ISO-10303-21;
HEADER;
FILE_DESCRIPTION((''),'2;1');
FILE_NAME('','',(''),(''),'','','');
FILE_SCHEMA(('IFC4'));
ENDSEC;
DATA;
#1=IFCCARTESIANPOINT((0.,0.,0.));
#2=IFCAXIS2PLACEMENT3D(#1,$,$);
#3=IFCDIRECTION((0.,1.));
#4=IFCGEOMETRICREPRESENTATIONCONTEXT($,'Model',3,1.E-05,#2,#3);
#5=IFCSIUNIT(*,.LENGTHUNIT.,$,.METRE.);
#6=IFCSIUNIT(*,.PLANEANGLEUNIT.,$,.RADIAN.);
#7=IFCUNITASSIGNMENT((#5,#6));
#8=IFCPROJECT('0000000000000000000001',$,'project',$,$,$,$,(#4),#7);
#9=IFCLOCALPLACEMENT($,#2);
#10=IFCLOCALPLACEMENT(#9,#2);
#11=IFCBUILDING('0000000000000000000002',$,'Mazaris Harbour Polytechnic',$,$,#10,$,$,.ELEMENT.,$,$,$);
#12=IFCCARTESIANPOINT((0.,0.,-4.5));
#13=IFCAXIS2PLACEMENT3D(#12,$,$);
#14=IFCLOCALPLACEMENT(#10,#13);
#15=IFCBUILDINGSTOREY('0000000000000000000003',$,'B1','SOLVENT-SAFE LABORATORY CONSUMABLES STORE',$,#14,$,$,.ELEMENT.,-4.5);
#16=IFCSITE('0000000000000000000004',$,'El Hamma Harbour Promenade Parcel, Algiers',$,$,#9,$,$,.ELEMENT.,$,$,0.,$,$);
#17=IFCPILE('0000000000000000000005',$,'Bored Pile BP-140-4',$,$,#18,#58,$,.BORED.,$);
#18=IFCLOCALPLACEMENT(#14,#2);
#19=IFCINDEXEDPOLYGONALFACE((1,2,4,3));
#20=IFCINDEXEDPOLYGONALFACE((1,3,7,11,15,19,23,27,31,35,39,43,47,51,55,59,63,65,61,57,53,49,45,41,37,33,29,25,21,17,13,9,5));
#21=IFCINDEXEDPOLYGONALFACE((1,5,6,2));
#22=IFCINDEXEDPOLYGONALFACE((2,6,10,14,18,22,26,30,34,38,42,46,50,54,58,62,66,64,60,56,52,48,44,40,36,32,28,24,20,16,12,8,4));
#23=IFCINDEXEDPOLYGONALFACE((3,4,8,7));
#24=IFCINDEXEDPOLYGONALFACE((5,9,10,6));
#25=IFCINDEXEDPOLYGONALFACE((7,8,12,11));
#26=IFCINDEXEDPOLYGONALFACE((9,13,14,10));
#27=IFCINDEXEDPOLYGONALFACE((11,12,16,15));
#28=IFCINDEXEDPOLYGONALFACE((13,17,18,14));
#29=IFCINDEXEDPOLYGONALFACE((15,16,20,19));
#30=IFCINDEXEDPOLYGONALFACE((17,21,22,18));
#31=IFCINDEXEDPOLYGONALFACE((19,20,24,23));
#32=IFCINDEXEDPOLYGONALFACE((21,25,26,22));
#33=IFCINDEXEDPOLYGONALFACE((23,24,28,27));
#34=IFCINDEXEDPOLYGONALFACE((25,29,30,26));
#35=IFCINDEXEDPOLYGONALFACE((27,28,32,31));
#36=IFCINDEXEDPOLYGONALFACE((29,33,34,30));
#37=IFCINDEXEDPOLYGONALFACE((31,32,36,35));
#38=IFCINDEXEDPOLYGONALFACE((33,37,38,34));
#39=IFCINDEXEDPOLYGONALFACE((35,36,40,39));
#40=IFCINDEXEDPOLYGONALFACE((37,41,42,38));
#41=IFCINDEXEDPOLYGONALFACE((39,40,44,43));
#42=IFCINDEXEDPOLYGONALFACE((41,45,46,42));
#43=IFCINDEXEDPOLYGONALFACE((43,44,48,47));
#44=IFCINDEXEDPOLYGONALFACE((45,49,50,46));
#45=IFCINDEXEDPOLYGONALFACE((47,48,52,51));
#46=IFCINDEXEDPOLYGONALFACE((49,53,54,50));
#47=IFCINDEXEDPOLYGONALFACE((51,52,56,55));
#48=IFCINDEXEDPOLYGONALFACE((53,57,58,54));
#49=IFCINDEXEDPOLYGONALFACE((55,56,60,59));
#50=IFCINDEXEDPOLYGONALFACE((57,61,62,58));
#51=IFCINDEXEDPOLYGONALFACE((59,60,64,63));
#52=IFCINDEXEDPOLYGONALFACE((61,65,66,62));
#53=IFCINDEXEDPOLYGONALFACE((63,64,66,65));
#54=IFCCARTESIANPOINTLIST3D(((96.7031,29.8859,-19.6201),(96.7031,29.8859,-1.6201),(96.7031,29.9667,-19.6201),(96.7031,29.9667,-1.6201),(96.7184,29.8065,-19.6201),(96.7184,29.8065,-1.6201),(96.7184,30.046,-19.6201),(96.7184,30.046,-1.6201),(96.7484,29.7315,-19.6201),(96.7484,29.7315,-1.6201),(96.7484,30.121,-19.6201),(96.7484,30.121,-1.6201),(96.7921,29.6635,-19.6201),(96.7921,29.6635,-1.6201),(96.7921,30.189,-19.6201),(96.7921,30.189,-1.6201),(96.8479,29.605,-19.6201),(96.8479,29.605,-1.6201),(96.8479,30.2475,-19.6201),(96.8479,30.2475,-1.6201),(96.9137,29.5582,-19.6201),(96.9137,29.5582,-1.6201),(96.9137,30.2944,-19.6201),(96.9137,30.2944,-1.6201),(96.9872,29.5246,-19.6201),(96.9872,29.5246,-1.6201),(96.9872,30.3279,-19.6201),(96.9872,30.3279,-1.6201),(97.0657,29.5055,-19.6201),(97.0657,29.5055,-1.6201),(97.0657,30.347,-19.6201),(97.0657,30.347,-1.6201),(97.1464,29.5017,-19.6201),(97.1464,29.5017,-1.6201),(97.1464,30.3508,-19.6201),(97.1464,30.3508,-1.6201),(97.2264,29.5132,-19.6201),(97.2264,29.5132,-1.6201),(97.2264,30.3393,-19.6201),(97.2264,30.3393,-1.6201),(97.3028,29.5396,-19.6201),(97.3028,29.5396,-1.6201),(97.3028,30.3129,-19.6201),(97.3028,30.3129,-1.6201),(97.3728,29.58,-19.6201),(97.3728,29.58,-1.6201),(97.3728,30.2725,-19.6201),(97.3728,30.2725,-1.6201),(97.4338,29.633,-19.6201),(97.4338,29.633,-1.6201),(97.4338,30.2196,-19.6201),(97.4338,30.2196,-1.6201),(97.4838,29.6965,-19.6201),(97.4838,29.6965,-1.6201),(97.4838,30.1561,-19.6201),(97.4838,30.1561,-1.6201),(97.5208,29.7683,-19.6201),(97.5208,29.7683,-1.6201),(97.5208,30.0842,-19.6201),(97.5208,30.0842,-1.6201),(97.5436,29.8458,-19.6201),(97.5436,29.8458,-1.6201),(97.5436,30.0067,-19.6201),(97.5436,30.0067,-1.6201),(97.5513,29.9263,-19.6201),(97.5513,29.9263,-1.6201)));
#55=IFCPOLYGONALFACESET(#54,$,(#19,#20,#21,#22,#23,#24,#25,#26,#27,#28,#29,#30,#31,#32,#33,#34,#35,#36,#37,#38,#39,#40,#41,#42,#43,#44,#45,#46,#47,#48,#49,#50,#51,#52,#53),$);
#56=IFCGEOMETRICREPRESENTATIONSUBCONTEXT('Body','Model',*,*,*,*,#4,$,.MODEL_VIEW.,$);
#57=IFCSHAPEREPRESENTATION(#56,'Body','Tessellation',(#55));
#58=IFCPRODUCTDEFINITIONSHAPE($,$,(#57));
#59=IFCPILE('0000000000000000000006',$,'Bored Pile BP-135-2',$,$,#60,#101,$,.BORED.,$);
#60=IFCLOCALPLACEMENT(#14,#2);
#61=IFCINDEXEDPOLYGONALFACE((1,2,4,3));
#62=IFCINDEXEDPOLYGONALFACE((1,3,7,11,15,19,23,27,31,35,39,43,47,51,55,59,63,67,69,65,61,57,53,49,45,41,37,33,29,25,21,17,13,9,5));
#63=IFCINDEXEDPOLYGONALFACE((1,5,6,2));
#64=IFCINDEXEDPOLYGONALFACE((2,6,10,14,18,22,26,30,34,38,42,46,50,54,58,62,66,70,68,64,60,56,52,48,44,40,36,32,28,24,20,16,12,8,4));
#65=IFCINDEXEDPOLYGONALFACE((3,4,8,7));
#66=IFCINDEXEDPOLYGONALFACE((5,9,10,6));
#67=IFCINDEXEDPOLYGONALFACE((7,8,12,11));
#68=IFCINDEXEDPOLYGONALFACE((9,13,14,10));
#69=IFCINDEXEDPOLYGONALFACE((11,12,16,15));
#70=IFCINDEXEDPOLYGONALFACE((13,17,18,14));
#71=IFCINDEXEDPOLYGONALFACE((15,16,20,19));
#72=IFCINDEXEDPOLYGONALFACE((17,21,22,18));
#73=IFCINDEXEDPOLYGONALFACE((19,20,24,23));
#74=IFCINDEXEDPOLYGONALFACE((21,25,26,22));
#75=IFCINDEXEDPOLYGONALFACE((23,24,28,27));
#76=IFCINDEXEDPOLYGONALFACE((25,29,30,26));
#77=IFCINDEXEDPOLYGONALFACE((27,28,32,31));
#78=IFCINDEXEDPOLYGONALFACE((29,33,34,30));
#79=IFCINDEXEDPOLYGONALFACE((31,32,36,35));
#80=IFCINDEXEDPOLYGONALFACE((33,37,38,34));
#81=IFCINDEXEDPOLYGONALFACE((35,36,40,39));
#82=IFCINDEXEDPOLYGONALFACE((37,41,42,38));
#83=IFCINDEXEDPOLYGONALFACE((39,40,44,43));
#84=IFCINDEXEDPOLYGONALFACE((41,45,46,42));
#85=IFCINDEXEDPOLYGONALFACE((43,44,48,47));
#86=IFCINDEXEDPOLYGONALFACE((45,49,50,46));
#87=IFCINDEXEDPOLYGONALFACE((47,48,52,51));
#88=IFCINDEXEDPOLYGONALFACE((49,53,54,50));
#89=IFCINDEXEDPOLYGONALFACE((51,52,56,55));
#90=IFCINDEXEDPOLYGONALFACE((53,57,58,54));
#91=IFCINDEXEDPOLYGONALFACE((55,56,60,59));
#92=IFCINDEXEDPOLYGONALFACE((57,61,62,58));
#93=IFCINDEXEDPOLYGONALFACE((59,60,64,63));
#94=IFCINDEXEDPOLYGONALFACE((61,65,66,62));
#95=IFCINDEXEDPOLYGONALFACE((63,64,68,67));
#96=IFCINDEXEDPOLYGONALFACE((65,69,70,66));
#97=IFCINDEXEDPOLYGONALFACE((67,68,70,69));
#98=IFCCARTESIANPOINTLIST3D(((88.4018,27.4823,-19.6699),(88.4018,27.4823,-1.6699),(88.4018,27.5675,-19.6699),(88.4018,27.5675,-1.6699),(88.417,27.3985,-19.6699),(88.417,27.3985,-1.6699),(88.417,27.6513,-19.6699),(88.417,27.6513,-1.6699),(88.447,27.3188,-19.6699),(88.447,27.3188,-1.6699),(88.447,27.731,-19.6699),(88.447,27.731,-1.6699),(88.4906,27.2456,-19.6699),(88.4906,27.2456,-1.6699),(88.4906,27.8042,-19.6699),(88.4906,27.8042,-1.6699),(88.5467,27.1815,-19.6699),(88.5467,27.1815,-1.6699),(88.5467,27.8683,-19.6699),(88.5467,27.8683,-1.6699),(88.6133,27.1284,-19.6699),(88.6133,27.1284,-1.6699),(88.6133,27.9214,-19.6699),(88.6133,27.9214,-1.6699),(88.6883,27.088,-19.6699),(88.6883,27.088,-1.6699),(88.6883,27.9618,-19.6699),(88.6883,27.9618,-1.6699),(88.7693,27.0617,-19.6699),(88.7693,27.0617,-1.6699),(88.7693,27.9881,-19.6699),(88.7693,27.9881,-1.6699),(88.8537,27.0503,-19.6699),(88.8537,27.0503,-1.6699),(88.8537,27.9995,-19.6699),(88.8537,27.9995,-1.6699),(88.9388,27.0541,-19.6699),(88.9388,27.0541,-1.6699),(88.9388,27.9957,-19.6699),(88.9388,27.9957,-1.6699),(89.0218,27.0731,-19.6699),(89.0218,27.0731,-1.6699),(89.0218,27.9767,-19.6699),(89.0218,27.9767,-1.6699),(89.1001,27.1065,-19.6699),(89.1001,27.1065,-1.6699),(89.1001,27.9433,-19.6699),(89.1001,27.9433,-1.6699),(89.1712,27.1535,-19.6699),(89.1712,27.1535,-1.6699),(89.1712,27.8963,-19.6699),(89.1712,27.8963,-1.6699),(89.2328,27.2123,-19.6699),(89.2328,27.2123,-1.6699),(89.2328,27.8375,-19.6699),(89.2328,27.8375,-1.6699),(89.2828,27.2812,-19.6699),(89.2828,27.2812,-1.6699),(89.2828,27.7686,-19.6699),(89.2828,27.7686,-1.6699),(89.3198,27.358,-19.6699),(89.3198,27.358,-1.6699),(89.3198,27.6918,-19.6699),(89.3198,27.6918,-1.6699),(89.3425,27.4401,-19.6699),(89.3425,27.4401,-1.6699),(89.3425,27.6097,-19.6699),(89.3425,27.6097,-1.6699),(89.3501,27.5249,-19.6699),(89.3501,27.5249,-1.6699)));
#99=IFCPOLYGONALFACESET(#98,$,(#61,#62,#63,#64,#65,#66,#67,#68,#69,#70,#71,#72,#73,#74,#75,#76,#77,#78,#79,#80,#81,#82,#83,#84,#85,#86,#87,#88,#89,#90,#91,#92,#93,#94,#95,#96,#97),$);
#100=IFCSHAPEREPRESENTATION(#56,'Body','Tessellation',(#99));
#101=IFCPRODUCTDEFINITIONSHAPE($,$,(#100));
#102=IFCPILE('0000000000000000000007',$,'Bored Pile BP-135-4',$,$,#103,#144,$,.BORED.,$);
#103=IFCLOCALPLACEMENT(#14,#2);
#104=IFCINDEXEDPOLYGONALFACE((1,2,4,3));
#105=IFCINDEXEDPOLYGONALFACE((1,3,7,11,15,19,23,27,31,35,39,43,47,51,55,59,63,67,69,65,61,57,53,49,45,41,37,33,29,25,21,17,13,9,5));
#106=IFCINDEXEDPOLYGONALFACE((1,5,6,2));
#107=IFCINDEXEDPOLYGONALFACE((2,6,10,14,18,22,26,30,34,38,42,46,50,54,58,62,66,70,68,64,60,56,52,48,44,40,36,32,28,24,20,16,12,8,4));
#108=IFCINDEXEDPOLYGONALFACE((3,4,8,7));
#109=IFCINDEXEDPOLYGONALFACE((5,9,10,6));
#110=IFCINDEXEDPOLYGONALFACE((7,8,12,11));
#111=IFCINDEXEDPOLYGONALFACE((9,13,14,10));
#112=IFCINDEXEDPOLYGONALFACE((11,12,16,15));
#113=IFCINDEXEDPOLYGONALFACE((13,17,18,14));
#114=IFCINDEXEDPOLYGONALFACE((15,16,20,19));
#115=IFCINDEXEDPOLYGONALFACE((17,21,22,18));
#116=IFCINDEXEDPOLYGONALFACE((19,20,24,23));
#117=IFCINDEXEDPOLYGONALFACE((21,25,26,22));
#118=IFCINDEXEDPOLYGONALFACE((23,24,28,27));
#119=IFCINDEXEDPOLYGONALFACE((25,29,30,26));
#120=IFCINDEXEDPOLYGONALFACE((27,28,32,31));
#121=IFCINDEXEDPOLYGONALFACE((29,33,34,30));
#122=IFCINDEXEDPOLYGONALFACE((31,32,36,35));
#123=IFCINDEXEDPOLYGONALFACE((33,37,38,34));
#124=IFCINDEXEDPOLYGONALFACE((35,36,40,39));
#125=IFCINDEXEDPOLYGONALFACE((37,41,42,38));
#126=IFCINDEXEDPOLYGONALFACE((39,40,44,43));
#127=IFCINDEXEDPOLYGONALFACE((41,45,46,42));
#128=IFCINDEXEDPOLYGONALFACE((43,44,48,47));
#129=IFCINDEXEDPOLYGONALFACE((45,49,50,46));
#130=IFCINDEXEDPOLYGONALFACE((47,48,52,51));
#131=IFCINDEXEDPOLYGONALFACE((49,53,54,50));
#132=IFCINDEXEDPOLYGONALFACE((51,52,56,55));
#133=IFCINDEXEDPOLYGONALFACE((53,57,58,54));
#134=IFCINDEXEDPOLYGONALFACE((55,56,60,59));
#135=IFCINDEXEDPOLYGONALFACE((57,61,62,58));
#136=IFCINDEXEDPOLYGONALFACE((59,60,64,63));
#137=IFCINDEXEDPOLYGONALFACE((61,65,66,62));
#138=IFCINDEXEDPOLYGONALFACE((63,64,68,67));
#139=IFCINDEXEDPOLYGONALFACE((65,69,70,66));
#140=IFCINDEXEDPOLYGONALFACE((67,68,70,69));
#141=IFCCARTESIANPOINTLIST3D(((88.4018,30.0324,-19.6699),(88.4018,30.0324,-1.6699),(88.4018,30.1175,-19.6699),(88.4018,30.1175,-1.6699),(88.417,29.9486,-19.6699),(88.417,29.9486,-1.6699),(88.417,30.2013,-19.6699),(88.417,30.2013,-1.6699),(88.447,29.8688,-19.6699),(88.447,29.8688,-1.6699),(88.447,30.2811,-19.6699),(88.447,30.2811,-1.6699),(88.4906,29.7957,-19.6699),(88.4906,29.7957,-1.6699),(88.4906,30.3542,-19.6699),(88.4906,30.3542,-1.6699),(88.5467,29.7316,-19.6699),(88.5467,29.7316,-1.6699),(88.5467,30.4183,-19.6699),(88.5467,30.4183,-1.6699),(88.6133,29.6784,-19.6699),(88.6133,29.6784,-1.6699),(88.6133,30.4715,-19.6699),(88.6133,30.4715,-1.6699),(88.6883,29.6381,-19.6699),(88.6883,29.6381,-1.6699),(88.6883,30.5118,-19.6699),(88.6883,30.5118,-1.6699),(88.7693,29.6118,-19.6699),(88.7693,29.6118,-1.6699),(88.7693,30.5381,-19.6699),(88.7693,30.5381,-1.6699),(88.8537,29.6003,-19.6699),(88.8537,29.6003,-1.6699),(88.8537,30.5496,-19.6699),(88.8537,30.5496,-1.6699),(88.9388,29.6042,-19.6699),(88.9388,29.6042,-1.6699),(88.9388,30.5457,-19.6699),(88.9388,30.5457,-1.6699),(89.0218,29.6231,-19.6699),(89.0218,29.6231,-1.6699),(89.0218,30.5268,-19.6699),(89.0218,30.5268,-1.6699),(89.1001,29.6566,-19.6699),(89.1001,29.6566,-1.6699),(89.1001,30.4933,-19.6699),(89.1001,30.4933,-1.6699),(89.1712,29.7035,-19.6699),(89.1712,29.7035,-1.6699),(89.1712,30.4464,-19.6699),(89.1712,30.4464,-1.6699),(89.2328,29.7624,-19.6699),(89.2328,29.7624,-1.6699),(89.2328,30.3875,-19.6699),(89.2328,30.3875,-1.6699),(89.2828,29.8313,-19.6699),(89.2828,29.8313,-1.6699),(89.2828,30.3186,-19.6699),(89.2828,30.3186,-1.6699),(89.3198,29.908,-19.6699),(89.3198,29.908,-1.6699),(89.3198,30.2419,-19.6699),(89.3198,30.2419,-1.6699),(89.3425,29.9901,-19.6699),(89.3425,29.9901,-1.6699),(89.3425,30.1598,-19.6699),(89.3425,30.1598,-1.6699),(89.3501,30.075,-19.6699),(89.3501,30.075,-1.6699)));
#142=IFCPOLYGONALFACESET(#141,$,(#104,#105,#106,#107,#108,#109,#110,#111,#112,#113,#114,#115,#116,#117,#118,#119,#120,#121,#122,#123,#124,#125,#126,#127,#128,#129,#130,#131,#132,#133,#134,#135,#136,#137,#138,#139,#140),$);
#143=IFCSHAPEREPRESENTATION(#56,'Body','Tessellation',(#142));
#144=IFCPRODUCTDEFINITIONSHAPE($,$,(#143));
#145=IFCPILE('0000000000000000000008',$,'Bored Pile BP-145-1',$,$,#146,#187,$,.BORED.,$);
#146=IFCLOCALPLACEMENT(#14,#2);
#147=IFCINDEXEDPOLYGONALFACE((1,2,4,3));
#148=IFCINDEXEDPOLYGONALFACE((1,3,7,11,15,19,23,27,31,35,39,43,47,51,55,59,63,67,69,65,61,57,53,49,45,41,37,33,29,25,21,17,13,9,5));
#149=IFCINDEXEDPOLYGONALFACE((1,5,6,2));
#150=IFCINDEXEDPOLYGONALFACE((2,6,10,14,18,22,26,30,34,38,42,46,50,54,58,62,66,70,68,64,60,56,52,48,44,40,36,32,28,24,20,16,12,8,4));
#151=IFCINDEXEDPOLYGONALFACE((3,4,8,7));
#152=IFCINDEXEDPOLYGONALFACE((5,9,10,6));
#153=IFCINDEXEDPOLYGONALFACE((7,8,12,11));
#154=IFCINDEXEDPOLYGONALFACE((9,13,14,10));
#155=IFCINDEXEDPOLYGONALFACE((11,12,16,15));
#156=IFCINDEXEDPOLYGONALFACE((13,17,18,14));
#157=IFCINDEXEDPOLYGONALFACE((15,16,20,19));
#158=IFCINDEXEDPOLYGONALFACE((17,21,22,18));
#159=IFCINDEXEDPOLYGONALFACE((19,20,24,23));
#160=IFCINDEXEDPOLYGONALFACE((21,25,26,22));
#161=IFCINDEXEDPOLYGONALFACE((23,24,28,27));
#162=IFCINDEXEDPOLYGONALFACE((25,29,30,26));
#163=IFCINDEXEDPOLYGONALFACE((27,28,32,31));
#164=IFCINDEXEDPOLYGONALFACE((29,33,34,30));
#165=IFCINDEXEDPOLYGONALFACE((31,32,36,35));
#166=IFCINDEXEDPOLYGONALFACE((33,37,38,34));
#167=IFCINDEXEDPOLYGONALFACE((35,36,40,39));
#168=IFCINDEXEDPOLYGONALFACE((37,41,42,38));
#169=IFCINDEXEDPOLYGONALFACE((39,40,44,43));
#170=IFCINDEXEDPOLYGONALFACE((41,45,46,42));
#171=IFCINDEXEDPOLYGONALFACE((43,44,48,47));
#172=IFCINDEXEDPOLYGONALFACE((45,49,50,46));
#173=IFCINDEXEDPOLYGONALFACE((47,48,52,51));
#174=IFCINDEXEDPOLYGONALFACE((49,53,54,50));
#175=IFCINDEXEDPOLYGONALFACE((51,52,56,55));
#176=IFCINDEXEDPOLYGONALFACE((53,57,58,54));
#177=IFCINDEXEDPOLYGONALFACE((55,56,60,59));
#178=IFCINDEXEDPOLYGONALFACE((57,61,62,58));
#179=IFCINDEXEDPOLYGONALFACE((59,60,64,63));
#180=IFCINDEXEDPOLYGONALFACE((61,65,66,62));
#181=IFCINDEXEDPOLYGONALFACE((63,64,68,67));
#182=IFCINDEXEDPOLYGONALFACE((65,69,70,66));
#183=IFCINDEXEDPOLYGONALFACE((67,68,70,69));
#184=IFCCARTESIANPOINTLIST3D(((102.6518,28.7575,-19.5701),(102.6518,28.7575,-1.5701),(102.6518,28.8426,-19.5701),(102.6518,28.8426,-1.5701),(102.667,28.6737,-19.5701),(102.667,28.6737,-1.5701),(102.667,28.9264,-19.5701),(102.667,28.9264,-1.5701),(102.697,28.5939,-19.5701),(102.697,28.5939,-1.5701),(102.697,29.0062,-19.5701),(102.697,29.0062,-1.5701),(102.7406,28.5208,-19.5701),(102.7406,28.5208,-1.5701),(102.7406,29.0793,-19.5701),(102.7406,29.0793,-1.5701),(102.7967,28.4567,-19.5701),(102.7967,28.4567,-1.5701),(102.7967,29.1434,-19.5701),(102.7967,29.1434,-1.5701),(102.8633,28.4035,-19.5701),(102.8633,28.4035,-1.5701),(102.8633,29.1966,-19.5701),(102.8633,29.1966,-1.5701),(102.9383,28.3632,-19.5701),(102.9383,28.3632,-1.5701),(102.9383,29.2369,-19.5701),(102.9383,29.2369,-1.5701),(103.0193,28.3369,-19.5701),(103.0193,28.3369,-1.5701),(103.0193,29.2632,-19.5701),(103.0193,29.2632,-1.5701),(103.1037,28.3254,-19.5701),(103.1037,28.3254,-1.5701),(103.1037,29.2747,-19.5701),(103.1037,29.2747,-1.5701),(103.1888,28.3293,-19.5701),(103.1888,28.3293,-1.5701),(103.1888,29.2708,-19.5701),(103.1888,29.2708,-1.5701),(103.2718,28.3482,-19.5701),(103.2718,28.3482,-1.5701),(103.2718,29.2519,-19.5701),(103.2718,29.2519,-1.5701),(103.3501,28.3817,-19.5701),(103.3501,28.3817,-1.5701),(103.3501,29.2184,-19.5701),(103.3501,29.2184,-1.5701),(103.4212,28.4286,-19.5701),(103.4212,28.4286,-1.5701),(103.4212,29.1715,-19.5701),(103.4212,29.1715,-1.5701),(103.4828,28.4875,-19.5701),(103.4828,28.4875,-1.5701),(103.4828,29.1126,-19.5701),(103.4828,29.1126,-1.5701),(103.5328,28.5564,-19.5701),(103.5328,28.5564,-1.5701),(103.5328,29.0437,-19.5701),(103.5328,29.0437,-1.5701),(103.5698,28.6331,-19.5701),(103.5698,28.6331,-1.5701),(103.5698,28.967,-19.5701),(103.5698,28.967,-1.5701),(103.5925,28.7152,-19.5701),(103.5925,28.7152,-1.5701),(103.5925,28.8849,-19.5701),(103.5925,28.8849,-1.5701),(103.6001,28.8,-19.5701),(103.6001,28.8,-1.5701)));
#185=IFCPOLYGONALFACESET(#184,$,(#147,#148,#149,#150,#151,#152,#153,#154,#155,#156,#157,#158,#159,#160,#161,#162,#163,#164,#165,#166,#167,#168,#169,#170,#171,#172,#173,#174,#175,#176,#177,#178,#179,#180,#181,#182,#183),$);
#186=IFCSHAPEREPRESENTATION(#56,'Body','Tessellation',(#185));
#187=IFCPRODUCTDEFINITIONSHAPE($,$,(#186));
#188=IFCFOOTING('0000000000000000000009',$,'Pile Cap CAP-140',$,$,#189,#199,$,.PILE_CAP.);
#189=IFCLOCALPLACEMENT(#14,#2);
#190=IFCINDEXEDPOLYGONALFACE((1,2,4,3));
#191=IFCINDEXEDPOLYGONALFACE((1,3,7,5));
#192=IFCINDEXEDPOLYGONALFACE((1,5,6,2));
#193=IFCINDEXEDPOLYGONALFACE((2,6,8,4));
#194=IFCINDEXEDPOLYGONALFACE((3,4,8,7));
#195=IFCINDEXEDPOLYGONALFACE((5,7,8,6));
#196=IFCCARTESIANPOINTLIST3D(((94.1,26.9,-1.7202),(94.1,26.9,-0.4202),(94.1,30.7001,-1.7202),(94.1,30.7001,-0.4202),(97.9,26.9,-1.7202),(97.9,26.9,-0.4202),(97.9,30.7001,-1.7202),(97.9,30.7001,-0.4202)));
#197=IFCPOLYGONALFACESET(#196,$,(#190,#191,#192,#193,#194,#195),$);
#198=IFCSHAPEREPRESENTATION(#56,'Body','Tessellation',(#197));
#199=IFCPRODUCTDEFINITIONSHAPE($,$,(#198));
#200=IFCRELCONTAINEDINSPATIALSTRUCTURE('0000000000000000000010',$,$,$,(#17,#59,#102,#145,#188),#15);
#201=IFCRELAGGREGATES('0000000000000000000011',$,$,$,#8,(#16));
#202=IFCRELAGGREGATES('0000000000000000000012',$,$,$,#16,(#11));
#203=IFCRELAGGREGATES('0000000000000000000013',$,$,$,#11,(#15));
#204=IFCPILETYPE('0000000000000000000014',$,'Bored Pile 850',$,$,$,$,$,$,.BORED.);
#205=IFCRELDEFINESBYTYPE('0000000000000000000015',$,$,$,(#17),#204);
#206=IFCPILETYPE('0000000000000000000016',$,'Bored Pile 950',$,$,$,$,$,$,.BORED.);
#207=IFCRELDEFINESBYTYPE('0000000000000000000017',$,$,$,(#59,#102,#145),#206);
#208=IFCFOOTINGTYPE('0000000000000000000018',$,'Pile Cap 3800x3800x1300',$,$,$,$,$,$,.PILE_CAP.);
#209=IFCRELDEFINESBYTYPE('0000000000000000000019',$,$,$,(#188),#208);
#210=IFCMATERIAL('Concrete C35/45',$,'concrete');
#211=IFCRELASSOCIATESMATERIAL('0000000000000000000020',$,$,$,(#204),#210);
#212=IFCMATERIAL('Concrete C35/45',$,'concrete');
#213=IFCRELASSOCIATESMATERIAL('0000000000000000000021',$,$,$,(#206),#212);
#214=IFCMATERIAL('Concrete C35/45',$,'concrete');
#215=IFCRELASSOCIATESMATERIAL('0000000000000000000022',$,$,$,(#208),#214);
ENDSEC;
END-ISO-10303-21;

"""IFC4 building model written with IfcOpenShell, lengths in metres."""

from ifc_helpers import new_model, si_unit, direction, frame, origin, origin_2d, place, context, subcontext, project, spatial, rectangle, circle, extrude, material, material_profile, profile_set, type_object, element, save


model = new_model("IFC4")

# Units and contexts
model_context = context("Model", 3, precision=1e-05, world=origin(), true_north=direction((0.0, 1.0)))
body_context = subcontext(model_context, "Body", "Model", "MODEL_VIEW")
ifc_project = project(units=[si_unit("LENGTHUNIT", "METRE"), si_unit("PLANEANGLEUNIT", "RADIAN")], contexts=[model_context])

# Site, building, storey
site_placement = place(None, origin())
site = spatial("IfcSite", under=ifc_project, at=site_placement, Name="El Hamma Harbour Promenade Parcel, Algiers", CompositionType="ELEMENT", RefElevation=0.0)
building_placement = place(site_placement, origin())
building = spatial("IfcBuilding", under=site, at=building_placement, Name="Mazaris Harbour Polytechnic", CompositionType="ELEMENT")
storey_placement = place(building_placement, frame((0.0, 0.0, -4.5)))
storey = spatial("IfcBuildingStorey", under=building, at=storey_placement, Name="B1", Description="SOLVENT-SAFE LABORATORY CONSUMABLES STORE", CompositionType="ELEMENT", Elevation=-4.5)

# Piles
ifc_material_1 = material(Name="Concrete C35/45", Category="concrete")
ifc_material_profile_1 = material_profile(ifc_material_1, circle(Radius=0.425, at=origin_2d()), Name="DIA850")
ifc_profile_set_1 = profile_set([ifc_material_profile_1], Name="Concrete C35/45")
pile_type_1 = type_object("IfcPileType", Name="Bored Pile 850", PredefinedType="BORED", material=ifc_profile_set_1)
for number, where, z_axis, x_axis, name in (
    (1, (97.1262, 29.9263, -1.6201), (0.0, 0.0, -1.0), (1.0, 0.0, 0.0), "Bored Pile BP-140-4"),
):
    element("IfcPile", number, at=place(storey_placement, frame(where, z_axis=z_axis, x_axis=x_axis)), inside=storey, type_object=pile_type_1, Name=name, PredefinedType="BORED", context=body_context, shape_type="SweptSolid", body=[
        extrude(circle(Radius=0.425, at=origin_2d()), origin(), (0.0, 0.0, 1.0), 18.0),
    ])
ifc_material_2 = material(Name="Concrete C35/45", Category="concrete")
ifc_material_profile_2 = material_profile(ifc_material_2, circle(Radius=0.4751, at=origin_2d()), Name="DIA950")
ifc_profile_set_2 = profile_set([ifc_material_profile_2], Name="Concrete C35/45")
pile_type_2 = type_object("IfcPileType", Name="Bored Pile 950", PredefinedType="BORED", material=ifc_profile_set_2)
for number, where, z_axis, x_axis, name in (
    (2, (88.875, 27.5249, -1.6699), (0.0, 0.0, -1.0), (1.0, 0.0, 0.0), "Bored Pile BP-135-2"),
    (3, (88.875, 30.075, -1.6699), (0.0, 0.0, -1.0), (1.0, 0.0, 0.0), "Bored Pile BP-135-4"),
    (4, (103.125, 28.8, -1.5701), (0.0, 0.0, -1.0), (1.0, 0.0, 0.0), "Bored Pile BP-145-1"),
):
    element("IfcPile", number, at=place(storey_placement, frame(where, z_axis=z_axis, x_axis=x_axis)), inside=storey, type_object=pile_type_2, Name=name, PredefinedType="BORED", context=body_context, shape_type="SweptSolid", body=[
        extrude(circle(Radius=0.4751, at=origin_2d()), origin(), (0.0, 0.0, 1.0), 18.0),
    ])

# Footing
ifc_material_3 = material(Name="Concrete C35/45", Category="concrete")
footing_type_1 = type_object("IfcFootingType", Name="Pile Cap 3800x3800x1300", PredefinedType="PILE_CAP", material=ifc_material_3)
footing_1_placement = place(storey_placement, frame((96.0, 28.8, -1.7202), z_axis=(0.0, 0.0, 1.0), x_axis=(1.0, 0.0, 0.0)))
element("IfcFooting", 5, at=footing_1_placement, inside=storey, type_object=footing_type_1, Name="Pile Cap CAP-140", PredefinedType="PILE_CAP", context=body_context, shape_type="SweptSolid", body=[
    extrude(rectangle(XDim=3.8, YDim=3.8, at=origin_2d()), origin(), (0.0, 0.0, 1.0), 1.3),
])

save(model, "model.ifc")
